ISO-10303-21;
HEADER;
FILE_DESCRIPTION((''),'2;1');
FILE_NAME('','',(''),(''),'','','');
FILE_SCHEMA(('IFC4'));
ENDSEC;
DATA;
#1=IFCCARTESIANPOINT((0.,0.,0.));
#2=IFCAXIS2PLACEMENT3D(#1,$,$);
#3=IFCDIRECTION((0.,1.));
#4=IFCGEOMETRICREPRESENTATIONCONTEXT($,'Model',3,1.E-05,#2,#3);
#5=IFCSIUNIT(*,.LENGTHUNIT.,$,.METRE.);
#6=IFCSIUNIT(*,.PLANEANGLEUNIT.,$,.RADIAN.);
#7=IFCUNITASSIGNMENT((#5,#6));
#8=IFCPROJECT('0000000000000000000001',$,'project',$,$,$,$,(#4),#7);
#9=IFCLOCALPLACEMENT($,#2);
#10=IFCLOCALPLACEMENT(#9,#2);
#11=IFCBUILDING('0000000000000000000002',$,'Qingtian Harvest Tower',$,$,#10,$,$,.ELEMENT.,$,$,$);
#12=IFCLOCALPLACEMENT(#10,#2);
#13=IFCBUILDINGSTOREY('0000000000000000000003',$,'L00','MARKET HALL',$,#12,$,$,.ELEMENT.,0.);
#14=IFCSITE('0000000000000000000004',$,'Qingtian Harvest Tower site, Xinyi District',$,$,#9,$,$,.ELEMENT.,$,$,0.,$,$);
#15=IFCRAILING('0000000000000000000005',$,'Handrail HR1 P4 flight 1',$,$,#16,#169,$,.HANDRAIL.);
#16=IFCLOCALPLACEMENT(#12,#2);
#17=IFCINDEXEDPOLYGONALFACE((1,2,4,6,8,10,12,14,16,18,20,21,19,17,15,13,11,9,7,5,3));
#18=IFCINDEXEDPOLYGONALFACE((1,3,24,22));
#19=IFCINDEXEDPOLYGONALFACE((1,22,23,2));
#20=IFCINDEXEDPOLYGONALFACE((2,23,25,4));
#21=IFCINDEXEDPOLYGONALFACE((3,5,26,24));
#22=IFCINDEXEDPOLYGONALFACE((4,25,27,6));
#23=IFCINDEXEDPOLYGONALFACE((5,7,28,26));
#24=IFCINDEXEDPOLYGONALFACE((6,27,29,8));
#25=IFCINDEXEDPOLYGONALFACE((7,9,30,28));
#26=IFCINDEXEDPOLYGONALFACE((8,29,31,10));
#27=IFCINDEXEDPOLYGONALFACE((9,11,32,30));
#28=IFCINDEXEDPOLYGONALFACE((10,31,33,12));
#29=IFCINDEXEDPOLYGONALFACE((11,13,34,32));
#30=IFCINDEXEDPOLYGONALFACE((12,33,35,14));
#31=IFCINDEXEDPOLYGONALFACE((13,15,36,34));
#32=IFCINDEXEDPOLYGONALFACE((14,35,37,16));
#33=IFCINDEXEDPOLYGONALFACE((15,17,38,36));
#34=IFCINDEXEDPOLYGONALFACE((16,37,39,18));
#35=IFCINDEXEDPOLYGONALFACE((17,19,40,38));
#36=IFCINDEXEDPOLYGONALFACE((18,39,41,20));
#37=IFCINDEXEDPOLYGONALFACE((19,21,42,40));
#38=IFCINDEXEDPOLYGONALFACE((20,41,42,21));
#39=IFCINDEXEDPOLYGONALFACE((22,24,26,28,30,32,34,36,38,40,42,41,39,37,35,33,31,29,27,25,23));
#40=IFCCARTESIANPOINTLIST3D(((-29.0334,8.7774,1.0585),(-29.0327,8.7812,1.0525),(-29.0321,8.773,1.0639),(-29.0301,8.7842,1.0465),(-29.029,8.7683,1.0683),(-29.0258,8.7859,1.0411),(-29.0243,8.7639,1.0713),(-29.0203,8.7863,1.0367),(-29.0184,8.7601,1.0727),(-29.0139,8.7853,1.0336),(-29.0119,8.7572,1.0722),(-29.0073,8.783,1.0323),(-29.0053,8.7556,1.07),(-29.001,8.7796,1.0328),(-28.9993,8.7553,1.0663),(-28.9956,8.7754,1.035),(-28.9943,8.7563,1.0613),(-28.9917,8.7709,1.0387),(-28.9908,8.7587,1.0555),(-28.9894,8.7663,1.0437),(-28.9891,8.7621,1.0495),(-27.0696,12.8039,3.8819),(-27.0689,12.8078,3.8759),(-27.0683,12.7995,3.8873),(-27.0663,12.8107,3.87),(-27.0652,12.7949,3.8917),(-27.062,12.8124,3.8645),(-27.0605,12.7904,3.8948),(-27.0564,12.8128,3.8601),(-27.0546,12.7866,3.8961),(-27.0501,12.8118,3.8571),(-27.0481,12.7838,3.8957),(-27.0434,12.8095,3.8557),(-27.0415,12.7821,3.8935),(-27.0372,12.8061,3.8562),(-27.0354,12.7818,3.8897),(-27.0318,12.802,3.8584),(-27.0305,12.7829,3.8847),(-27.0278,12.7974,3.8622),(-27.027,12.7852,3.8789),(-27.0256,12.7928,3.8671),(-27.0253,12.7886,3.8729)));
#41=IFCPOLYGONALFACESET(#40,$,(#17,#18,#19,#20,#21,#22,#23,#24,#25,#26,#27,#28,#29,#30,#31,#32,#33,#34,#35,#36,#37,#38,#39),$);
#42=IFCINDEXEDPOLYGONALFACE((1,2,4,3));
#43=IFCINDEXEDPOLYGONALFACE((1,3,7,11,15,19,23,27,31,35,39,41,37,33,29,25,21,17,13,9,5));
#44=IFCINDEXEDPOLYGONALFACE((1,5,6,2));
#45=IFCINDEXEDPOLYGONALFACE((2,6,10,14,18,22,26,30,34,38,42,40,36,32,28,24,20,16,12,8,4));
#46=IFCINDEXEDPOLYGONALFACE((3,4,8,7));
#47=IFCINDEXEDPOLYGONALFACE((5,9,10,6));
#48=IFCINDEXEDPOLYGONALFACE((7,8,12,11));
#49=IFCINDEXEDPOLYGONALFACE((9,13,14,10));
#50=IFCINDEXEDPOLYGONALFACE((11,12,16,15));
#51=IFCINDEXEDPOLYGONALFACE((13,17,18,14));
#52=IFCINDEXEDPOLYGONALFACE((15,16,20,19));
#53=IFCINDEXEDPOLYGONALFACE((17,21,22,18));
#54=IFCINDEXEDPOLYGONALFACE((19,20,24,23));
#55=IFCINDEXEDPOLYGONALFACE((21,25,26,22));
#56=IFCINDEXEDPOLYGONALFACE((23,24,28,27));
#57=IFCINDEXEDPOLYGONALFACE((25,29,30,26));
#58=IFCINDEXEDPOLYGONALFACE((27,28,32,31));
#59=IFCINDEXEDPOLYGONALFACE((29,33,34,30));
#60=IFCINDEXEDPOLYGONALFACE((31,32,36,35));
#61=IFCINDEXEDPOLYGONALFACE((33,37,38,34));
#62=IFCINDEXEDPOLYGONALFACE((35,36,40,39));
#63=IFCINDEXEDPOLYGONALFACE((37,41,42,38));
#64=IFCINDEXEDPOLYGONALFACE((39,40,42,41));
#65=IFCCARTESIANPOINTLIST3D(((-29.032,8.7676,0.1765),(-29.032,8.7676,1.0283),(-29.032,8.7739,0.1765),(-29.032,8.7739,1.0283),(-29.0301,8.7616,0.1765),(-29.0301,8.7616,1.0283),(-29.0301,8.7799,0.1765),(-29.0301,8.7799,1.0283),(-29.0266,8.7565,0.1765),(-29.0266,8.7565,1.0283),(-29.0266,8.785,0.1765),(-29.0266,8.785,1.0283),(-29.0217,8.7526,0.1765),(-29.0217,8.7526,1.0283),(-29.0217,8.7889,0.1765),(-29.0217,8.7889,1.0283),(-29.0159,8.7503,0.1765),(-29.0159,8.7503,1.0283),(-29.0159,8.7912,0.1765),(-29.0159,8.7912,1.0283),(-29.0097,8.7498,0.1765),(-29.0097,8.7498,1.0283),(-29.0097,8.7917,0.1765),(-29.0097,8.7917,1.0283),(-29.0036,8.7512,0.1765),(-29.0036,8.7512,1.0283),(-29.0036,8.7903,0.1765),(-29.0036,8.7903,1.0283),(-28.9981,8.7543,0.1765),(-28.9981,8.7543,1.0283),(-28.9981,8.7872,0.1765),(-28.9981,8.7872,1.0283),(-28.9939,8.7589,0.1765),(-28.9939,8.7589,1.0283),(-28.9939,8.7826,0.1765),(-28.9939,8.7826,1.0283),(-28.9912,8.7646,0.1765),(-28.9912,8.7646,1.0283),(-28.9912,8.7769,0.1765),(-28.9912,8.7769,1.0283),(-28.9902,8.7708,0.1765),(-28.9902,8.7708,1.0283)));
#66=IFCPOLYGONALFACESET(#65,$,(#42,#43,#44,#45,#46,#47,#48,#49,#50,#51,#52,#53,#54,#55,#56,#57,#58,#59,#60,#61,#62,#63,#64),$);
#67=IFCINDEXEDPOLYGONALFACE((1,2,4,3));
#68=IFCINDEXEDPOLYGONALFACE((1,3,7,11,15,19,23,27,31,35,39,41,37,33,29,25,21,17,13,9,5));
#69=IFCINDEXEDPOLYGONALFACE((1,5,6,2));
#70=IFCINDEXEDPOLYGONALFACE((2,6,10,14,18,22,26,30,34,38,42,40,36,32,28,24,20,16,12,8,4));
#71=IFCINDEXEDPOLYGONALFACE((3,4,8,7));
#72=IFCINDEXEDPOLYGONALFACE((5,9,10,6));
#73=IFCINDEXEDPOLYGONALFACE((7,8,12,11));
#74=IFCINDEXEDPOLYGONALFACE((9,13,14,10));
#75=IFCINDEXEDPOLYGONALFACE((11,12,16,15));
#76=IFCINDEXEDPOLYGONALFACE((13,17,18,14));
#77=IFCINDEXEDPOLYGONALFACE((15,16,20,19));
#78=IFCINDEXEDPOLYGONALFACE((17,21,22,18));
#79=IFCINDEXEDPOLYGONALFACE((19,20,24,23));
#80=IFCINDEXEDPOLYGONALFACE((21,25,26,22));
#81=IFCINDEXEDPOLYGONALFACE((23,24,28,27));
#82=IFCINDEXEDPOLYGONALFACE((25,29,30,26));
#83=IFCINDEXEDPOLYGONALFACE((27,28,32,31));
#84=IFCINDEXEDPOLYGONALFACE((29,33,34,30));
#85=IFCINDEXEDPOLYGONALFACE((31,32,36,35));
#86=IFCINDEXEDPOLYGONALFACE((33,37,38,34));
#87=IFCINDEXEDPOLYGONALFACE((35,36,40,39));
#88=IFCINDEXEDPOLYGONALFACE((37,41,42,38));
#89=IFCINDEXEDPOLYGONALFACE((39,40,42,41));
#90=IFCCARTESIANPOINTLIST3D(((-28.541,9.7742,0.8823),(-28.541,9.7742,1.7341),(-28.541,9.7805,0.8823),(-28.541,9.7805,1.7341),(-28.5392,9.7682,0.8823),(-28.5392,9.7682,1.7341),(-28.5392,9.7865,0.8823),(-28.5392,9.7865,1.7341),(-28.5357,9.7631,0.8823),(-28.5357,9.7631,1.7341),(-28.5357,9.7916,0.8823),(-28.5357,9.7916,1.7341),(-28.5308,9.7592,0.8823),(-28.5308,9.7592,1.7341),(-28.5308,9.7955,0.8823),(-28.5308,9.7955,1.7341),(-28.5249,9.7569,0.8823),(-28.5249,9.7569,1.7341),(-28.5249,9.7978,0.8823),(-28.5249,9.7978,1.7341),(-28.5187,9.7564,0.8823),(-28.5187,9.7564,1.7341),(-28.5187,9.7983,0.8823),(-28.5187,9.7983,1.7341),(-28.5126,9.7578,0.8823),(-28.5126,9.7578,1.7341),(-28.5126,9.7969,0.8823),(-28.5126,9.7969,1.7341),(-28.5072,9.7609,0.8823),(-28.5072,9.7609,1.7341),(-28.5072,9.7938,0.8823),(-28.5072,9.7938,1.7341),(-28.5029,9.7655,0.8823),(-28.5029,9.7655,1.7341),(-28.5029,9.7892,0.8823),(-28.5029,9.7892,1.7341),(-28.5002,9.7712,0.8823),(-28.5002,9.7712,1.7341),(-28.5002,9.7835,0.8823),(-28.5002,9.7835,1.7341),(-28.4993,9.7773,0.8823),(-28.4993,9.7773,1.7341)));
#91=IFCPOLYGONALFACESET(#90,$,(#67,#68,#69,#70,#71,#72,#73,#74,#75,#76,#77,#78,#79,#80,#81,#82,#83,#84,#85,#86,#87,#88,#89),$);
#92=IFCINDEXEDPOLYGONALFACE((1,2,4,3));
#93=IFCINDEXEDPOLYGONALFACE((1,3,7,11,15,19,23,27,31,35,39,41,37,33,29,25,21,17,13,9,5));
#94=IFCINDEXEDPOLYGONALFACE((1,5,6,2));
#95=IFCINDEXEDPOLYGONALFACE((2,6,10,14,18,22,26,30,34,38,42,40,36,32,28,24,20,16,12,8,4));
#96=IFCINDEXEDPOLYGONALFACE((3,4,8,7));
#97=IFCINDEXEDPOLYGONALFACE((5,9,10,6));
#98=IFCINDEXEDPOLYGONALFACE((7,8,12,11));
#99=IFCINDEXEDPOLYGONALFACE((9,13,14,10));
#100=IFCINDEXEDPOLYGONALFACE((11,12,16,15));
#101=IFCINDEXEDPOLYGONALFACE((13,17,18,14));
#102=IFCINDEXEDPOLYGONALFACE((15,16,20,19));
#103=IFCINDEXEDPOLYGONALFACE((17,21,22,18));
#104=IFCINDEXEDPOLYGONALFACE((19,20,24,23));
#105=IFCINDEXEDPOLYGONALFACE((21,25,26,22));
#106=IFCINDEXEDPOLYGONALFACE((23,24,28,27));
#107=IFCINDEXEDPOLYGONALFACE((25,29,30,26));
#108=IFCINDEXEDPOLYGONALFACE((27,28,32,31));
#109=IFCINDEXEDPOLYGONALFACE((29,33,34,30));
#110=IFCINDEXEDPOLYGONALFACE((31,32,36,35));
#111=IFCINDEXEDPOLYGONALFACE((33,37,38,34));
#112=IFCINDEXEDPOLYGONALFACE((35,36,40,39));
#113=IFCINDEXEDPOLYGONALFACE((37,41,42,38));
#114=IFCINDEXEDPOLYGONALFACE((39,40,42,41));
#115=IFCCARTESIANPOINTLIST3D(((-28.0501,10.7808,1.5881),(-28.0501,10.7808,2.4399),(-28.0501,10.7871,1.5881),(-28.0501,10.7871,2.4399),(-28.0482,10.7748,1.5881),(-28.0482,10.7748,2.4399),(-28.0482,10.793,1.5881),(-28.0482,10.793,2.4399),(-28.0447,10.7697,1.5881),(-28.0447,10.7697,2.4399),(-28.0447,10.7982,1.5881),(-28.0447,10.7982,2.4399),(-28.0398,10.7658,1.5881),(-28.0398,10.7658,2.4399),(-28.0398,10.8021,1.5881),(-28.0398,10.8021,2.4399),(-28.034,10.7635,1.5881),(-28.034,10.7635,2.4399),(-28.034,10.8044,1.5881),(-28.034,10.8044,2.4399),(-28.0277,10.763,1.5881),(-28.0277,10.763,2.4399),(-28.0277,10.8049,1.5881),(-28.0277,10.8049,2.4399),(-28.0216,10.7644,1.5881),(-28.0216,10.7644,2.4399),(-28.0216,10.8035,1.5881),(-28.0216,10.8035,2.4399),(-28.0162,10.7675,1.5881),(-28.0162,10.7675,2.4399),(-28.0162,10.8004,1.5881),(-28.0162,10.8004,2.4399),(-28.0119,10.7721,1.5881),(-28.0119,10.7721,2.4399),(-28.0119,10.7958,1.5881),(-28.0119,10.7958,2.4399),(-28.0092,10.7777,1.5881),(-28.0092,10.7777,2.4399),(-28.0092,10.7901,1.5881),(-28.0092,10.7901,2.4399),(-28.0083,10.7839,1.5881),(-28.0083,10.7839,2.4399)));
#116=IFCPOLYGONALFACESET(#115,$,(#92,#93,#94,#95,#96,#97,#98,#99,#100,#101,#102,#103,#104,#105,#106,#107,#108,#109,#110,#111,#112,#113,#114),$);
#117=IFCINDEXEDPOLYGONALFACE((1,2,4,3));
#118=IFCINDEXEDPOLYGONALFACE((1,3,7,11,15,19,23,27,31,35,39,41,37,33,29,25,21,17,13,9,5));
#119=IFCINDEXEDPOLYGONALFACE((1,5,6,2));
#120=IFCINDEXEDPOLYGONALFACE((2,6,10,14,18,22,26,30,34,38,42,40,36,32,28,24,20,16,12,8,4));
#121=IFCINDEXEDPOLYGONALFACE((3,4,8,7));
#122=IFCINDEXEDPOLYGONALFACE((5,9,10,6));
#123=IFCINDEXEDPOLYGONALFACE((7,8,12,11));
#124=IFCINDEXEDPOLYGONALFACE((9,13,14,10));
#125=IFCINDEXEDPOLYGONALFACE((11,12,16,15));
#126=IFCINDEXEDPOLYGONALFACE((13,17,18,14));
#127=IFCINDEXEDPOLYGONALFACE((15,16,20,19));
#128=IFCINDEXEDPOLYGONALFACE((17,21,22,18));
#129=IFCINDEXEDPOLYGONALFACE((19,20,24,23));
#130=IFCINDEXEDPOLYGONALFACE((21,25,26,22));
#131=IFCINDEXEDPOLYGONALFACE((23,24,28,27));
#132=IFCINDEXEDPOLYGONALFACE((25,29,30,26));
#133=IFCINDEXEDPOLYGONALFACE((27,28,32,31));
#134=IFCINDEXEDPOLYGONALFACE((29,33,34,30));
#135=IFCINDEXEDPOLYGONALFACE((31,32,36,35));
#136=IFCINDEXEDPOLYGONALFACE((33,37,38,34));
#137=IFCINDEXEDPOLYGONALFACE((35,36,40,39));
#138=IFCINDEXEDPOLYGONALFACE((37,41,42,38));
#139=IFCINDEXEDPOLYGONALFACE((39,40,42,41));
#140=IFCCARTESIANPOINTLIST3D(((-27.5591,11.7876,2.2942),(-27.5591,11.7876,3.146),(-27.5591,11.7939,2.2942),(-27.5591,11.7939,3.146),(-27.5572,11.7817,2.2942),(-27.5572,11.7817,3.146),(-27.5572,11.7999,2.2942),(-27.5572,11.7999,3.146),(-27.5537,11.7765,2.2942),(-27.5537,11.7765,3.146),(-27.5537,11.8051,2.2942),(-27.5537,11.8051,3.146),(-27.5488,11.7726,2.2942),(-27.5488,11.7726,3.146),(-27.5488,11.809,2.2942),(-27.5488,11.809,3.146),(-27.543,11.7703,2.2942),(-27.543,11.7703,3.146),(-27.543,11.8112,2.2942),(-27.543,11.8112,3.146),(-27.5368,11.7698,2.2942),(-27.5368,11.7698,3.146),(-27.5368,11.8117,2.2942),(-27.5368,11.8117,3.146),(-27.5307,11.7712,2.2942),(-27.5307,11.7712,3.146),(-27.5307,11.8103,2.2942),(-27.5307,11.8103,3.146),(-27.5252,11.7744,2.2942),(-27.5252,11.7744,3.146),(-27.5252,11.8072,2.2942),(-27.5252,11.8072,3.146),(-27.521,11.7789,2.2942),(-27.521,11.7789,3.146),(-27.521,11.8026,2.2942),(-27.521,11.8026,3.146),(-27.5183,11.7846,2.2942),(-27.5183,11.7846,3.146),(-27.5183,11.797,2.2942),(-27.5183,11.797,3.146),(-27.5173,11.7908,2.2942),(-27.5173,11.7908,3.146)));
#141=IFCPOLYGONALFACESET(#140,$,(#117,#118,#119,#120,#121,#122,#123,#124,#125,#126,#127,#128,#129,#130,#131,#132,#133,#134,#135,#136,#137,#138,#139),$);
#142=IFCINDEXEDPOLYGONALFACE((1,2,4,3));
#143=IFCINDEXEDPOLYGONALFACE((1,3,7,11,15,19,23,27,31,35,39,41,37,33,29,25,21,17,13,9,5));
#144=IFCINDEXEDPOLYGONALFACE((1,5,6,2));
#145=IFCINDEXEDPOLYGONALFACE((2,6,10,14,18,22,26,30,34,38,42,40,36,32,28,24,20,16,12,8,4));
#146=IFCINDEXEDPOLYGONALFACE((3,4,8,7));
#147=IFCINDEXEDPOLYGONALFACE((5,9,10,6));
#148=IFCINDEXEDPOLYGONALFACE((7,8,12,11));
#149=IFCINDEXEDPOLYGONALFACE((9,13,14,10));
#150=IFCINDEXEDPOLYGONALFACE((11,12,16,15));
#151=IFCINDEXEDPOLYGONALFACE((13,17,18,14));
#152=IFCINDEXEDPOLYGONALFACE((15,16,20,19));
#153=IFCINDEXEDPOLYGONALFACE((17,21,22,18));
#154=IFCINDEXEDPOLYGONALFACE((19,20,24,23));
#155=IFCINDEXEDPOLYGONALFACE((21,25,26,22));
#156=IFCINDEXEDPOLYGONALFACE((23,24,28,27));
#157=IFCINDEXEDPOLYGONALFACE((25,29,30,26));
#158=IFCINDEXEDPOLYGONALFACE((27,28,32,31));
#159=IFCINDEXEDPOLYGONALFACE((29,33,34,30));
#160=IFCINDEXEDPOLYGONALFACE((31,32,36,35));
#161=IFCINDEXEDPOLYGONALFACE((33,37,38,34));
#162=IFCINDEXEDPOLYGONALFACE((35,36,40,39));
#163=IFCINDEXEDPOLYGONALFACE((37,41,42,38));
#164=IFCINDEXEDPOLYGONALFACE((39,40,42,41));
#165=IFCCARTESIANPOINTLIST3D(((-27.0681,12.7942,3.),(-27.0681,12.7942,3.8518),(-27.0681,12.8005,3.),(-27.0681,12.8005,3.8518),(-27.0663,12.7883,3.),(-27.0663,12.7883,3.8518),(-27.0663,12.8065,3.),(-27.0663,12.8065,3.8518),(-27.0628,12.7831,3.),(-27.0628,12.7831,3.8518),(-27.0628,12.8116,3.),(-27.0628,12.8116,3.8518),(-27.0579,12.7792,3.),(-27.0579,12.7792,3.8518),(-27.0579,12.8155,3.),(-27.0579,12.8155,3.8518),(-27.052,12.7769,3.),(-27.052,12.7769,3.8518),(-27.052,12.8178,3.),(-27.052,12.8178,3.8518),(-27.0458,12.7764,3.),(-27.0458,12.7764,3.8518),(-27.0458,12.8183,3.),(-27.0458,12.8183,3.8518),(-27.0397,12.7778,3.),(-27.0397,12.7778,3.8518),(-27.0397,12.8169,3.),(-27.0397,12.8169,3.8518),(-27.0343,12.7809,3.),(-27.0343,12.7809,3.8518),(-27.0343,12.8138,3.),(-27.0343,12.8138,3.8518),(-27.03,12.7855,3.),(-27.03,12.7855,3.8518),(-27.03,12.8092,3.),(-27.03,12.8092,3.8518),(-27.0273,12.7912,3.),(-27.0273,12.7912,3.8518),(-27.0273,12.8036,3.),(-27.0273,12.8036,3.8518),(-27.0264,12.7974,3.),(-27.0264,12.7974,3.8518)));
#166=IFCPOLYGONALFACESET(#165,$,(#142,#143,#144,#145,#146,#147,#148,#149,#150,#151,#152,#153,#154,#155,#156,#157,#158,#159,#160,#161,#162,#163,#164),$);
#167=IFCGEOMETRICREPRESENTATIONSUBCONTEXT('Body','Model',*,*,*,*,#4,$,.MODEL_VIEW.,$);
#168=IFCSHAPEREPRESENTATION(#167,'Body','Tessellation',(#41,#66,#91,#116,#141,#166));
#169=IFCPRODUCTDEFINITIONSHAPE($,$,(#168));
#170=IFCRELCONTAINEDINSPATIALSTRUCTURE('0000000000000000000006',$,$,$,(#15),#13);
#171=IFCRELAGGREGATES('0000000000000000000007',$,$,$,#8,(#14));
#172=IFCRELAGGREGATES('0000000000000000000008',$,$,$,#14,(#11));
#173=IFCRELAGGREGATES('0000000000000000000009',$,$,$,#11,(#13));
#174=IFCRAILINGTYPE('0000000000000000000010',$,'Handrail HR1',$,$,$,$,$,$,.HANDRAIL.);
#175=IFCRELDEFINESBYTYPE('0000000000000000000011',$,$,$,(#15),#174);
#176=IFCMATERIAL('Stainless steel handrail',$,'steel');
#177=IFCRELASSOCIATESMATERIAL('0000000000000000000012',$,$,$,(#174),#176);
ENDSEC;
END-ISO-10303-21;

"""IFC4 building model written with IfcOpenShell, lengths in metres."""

from ifc_helpers import new_model, si_unit, direction, frame, origin, origin_2d, place, context, subcontext, project, spatial, circle, extrude, material, type_object, element, save


model = new_model("IFC4")

# Units and contexts
model_context = context("Model", 3, precision=1e-05, world=origin(), true_north=direction((0.0, 1.0)))
body_context = subcontext(model_context, "Body", "Model", "MODEL_VIEW")
ifc_project = project(units=[si_unit("LENGTHUNIT", "METRE"), si_unit("PLANEANGLEUNIT", "RADIAN")], contexts=[model_context])

# Site, building, storey
site_placement = place(None, origin())
site = spatial("IfcSite", under=ifc_project, at=site_placement, Name="Qingtian Harvest Tower site, Xinyi District", CompositionType="ELEMENT", RefElevation=0.0)
building_placement = place(site_placement, origin())
building = spatial("IfcBuilding", under=site, at=building_placement, Name="Qingtian Harvest Tower", CompositionType="ELEMENT")
storey_placement = place(building_placement, origin())
storey = spatial("IfcBuildingStorey", under=building, at=storey_placement, Name="L00", Description="MARKET HALL", CompositionType="ELEMENT", Elevation=0.0)

# Railing
ifc_material_1 = material(Name="Stainless steel handrail", Category="steel")
railing_type = type_object("IfcRailingType", Name="Handrail HR1", PredefinedType="HANDRAIL", material=ifc_material_1)
railing_1_placement = place(storey_placement, frame((-29.0112, 8.7708, 0.1765)))
element("IfcRailing", 1, at=railing_1_placement, inside=storey, type_object=railing_type, Name="Handrail HR1 P4 flight 1", PredefinedType="HANDRAIL", context=body_context, shape_type="SweptSolid", body=[
    extrude(circle(Radius=0.0239, at=origin_2d()), frame((0.0, 0.0, 0.876), z_axis=(0.370855, 0.760382, 0.533185), x_axis=(-0.898798, 0.438364, 0.0)), (0.0, 0.0, 1.0), 5.2954),
    extrude(circle(Radius=0.021, at=origin_2d()), origin(), (0.0, 0.0, 1.0), 0.8518),
    extrude(circle(Radius=0.021, at=origin_2d()), frame((0.491, 1.0066, 0.7058)), (0.0, 0.0, 1.0), 0.8518),
    extrude(circle(Radius=0.021, at=origin_2d()), frame((0.9819, 2.0132, 1.4116)), (0.0, 0.0, 1.0), 0.8518),
    extrude(circle(Radius=0.021, at=origin_2d()), frame((1.4729, 3.02, 2.1177)), (0.0, 0.0, 1.0), 0.8518),
    extrude(circle(Radius=0.021, at=origin_2d()), frame((1.9639, 4.0266, 2.8235)), (0.0, 0.0, 1.0), 0.8518),
])

save(model, "model.ifc")
